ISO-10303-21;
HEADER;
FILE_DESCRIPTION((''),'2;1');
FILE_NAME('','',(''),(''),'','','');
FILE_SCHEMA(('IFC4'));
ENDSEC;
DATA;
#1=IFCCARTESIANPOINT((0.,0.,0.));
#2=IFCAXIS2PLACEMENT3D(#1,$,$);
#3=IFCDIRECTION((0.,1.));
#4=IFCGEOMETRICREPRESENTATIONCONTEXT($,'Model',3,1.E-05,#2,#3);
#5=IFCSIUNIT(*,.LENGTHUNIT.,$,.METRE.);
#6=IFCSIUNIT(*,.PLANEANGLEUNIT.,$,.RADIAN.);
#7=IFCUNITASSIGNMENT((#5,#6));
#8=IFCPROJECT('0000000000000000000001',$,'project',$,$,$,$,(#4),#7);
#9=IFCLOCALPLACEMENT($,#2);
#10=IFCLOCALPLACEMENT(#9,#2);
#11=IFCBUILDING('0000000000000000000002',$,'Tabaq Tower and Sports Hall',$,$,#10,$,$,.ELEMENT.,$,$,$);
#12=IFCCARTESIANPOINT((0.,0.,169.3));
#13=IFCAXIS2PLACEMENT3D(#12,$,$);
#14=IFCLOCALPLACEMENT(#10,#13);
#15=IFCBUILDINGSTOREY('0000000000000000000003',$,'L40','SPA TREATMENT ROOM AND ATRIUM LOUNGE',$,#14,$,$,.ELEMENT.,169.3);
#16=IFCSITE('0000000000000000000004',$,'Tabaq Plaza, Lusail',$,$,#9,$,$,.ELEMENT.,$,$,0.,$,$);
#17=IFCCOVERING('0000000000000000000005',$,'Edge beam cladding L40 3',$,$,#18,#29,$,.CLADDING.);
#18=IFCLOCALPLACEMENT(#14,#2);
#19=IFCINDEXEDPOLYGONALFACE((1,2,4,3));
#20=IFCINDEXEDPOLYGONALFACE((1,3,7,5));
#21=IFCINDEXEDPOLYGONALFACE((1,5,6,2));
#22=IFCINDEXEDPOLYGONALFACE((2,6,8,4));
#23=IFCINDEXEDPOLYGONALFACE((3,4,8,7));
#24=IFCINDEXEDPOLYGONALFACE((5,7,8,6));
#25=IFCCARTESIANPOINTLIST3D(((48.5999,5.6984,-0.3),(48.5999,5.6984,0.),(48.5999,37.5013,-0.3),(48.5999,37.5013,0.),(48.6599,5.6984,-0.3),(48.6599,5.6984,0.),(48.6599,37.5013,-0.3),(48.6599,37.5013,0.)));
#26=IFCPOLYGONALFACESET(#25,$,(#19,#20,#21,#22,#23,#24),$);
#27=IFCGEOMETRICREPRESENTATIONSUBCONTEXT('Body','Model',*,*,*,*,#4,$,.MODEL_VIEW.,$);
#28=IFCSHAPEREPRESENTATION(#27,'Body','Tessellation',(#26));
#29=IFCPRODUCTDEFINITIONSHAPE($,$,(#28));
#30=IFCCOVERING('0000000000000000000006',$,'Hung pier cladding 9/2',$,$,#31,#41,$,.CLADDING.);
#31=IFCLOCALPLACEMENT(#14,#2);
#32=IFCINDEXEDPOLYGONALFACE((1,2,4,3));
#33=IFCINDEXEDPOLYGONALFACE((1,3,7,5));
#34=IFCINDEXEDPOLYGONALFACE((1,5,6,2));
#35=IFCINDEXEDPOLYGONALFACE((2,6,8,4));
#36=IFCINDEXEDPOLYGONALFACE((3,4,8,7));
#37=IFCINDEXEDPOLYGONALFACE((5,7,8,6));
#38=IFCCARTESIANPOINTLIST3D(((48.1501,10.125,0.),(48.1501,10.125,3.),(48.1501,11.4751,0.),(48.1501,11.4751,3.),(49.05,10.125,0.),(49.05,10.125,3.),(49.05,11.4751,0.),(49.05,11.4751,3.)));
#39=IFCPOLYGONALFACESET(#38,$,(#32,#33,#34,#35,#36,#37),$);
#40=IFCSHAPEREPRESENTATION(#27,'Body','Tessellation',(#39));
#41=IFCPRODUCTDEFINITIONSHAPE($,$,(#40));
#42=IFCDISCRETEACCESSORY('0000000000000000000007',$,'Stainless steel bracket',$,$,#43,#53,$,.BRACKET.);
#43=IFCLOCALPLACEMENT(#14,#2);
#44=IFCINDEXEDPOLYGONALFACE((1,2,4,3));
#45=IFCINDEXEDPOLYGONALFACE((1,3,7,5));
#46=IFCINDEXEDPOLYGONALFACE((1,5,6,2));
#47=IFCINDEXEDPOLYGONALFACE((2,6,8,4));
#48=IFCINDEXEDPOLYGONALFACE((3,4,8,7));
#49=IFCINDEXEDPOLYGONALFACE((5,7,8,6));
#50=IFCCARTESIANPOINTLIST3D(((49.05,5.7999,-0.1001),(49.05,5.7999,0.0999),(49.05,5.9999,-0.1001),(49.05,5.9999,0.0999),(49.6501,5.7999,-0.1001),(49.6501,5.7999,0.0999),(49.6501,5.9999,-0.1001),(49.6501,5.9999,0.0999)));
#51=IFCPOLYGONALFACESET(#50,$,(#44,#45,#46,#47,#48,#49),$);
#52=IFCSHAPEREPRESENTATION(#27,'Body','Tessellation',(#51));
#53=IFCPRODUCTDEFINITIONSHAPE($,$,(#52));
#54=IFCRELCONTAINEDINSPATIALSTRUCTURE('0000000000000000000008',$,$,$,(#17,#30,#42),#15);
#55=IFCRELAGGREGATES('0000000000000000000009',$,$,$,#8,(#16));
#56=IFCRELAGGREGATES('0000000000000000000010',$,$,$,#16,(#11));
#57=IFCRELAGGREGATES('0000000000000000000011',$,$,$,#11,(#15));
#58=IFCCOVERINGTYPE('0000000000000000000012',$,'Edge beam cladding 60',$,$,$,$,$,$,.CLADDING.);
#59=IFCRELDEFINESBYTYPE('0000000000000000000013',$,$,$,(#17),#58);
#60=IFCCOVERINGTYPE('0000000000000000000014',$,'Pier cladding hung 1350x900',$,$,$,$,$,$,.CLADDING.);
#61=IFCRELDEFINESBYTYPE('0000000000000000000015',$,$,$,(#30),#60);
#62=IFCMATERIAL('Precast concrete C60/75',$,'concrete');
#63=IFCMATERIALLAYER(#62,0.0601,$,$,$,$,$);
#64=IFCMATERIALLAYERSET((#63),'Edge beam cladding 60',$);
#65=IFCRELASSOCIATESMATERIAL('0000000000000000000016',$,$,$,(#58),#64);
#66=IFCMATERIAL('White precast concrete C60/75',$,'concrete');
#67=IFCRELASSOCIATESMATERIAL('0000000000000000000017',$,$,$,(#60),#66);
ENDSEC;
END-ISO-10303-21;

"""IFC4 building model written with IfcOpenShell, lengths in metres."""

from ifc_helpers import new_model, si_unit, direction, frame, frame_2d, origin, origin_2d, place, context, subcontext, project, spatial, rectangle, extrude, material, layer, layer_set, type_object, element, save


model = new_model("IFC4")

# Units and contexts
model_context = context("Model", 3, precision=1e-05, world=origin(), true_north=direction((0.0, 1.0)))
body_context = subcontext(model_context, "Body", "Model", "MODEL_VIEW")
ifc_project = project(units=[si_unit("LENGTHUNIT", "METRE"), si_unit("PLANEANGLEUNIT", "RADIAN")], contexts=[model_context])

# Site, building, storey
site_placement = place(None, origin())
site = spatial("IfcSite", under=ifc_project, at=site_placement, Name="Tabaq Plaza, Lusail", CompositionType="ELEMENT", RefElevation=0.0)
building_placement = place(site_placement, origin())
building = spatial("IfcBuilding", under=site, at=building_placement, Name="Tabaq Tower and Sports Hall", CompositionType="ELEMENT")
storey_placement = place(building_placement, frame((0.0, 0.0, 169.3)))
storey = spatial("IfcBuildingStorey", under=building, at=storey_placement, Name="L40", Description="SPA TREATMENT ROOM AND ATRIUM LOUNGE", CompositionType="ELEMENT", Elevation=169.3)

# Coverings
ifc_material_1 = material(Name="Precast concrete C60/75", Category="concrete")
ifc_layer_1 = layer(ifc_material_1, 0.0601)
ifc_layer_set_1 = layer_set([ifc_layer_1], Name="Edge beam cladding 60")
covering_type_1 = type_object("IfcCoveringType", Name="Edge beam cladding 60", PredefinedType="CLADDING", material=ifc_layer_set_1)
covering_1_placement = place(storey_placement, frame((48.6299, 5.6985, -0.3), z_axis=(0.0, 0.0, 1.0), x_axis=(0.0, 1.0, 0.0)))
element("IfcCovering", 1, at=covering_1_placement, inside=storey, type_object=covering_type_1, Name="Edge beam cladding L40 3", PredefinedType="CLADDING", context=body_context, shape_type="SweptSolid", body=[
    extrude(rectangle(XDim=31.803, YDim=0.0601, at=frame_2d((15.9014, 0.0))), origin(), (0.0, 0.0, 1.0), 0.3),
])
ifc_material_2 = material(Name="White precast concrete C60/75", Category="concrete")
covering_type_2 = type_object("IfcCoveringType", Name="Pier cladding hung 1350x900", PredefinedType="CLADDING", material=ifc_material_2)
covering_2_placement = place(storey_placement, frame((48.6001, 10.125, 0.0), z_axis=(0.0, 0.0, 1.0), x_axis=(0.0, 1.0, 0.0)))
element("IfcCovering", 2, at=covering_2_placement, inside=storey, type_object=covering_type_2, Name="Hung pier cladding 9/2", PredefinedType="CLADDING", context=body_context, shape_type="SweptSolid", body=[
    extrude(rectangle(XDim=1.3501, YDim=0.8999, at=frame_2d((0.675, 0.0))), origin(), (0.0, 0.0, 1.0), 3.0),
])

# Discrete accessory
discrete_accessory_placement = place(storey_placement, frame((49.3501, 5.8999, -0.1001), z_axis=(0.0, 0.0, 1.0), x_axis=(1.0, 0.0, 0.0)))
element("IfcDiscreteAccessory", 3, at=discrete_accessory_placement, inside=storey, Name="Stainless steel bracket", PredefinedType="BRACKET", context=body_context, shape_type="SweptSolid", body=[
    extrude(rectangle(XDim=0.6001, YDim=0.2, at=origin_2d()), origin(), (0.0, 0.0, 1.0), 0.2),
])

save(model, "model.ifc")
